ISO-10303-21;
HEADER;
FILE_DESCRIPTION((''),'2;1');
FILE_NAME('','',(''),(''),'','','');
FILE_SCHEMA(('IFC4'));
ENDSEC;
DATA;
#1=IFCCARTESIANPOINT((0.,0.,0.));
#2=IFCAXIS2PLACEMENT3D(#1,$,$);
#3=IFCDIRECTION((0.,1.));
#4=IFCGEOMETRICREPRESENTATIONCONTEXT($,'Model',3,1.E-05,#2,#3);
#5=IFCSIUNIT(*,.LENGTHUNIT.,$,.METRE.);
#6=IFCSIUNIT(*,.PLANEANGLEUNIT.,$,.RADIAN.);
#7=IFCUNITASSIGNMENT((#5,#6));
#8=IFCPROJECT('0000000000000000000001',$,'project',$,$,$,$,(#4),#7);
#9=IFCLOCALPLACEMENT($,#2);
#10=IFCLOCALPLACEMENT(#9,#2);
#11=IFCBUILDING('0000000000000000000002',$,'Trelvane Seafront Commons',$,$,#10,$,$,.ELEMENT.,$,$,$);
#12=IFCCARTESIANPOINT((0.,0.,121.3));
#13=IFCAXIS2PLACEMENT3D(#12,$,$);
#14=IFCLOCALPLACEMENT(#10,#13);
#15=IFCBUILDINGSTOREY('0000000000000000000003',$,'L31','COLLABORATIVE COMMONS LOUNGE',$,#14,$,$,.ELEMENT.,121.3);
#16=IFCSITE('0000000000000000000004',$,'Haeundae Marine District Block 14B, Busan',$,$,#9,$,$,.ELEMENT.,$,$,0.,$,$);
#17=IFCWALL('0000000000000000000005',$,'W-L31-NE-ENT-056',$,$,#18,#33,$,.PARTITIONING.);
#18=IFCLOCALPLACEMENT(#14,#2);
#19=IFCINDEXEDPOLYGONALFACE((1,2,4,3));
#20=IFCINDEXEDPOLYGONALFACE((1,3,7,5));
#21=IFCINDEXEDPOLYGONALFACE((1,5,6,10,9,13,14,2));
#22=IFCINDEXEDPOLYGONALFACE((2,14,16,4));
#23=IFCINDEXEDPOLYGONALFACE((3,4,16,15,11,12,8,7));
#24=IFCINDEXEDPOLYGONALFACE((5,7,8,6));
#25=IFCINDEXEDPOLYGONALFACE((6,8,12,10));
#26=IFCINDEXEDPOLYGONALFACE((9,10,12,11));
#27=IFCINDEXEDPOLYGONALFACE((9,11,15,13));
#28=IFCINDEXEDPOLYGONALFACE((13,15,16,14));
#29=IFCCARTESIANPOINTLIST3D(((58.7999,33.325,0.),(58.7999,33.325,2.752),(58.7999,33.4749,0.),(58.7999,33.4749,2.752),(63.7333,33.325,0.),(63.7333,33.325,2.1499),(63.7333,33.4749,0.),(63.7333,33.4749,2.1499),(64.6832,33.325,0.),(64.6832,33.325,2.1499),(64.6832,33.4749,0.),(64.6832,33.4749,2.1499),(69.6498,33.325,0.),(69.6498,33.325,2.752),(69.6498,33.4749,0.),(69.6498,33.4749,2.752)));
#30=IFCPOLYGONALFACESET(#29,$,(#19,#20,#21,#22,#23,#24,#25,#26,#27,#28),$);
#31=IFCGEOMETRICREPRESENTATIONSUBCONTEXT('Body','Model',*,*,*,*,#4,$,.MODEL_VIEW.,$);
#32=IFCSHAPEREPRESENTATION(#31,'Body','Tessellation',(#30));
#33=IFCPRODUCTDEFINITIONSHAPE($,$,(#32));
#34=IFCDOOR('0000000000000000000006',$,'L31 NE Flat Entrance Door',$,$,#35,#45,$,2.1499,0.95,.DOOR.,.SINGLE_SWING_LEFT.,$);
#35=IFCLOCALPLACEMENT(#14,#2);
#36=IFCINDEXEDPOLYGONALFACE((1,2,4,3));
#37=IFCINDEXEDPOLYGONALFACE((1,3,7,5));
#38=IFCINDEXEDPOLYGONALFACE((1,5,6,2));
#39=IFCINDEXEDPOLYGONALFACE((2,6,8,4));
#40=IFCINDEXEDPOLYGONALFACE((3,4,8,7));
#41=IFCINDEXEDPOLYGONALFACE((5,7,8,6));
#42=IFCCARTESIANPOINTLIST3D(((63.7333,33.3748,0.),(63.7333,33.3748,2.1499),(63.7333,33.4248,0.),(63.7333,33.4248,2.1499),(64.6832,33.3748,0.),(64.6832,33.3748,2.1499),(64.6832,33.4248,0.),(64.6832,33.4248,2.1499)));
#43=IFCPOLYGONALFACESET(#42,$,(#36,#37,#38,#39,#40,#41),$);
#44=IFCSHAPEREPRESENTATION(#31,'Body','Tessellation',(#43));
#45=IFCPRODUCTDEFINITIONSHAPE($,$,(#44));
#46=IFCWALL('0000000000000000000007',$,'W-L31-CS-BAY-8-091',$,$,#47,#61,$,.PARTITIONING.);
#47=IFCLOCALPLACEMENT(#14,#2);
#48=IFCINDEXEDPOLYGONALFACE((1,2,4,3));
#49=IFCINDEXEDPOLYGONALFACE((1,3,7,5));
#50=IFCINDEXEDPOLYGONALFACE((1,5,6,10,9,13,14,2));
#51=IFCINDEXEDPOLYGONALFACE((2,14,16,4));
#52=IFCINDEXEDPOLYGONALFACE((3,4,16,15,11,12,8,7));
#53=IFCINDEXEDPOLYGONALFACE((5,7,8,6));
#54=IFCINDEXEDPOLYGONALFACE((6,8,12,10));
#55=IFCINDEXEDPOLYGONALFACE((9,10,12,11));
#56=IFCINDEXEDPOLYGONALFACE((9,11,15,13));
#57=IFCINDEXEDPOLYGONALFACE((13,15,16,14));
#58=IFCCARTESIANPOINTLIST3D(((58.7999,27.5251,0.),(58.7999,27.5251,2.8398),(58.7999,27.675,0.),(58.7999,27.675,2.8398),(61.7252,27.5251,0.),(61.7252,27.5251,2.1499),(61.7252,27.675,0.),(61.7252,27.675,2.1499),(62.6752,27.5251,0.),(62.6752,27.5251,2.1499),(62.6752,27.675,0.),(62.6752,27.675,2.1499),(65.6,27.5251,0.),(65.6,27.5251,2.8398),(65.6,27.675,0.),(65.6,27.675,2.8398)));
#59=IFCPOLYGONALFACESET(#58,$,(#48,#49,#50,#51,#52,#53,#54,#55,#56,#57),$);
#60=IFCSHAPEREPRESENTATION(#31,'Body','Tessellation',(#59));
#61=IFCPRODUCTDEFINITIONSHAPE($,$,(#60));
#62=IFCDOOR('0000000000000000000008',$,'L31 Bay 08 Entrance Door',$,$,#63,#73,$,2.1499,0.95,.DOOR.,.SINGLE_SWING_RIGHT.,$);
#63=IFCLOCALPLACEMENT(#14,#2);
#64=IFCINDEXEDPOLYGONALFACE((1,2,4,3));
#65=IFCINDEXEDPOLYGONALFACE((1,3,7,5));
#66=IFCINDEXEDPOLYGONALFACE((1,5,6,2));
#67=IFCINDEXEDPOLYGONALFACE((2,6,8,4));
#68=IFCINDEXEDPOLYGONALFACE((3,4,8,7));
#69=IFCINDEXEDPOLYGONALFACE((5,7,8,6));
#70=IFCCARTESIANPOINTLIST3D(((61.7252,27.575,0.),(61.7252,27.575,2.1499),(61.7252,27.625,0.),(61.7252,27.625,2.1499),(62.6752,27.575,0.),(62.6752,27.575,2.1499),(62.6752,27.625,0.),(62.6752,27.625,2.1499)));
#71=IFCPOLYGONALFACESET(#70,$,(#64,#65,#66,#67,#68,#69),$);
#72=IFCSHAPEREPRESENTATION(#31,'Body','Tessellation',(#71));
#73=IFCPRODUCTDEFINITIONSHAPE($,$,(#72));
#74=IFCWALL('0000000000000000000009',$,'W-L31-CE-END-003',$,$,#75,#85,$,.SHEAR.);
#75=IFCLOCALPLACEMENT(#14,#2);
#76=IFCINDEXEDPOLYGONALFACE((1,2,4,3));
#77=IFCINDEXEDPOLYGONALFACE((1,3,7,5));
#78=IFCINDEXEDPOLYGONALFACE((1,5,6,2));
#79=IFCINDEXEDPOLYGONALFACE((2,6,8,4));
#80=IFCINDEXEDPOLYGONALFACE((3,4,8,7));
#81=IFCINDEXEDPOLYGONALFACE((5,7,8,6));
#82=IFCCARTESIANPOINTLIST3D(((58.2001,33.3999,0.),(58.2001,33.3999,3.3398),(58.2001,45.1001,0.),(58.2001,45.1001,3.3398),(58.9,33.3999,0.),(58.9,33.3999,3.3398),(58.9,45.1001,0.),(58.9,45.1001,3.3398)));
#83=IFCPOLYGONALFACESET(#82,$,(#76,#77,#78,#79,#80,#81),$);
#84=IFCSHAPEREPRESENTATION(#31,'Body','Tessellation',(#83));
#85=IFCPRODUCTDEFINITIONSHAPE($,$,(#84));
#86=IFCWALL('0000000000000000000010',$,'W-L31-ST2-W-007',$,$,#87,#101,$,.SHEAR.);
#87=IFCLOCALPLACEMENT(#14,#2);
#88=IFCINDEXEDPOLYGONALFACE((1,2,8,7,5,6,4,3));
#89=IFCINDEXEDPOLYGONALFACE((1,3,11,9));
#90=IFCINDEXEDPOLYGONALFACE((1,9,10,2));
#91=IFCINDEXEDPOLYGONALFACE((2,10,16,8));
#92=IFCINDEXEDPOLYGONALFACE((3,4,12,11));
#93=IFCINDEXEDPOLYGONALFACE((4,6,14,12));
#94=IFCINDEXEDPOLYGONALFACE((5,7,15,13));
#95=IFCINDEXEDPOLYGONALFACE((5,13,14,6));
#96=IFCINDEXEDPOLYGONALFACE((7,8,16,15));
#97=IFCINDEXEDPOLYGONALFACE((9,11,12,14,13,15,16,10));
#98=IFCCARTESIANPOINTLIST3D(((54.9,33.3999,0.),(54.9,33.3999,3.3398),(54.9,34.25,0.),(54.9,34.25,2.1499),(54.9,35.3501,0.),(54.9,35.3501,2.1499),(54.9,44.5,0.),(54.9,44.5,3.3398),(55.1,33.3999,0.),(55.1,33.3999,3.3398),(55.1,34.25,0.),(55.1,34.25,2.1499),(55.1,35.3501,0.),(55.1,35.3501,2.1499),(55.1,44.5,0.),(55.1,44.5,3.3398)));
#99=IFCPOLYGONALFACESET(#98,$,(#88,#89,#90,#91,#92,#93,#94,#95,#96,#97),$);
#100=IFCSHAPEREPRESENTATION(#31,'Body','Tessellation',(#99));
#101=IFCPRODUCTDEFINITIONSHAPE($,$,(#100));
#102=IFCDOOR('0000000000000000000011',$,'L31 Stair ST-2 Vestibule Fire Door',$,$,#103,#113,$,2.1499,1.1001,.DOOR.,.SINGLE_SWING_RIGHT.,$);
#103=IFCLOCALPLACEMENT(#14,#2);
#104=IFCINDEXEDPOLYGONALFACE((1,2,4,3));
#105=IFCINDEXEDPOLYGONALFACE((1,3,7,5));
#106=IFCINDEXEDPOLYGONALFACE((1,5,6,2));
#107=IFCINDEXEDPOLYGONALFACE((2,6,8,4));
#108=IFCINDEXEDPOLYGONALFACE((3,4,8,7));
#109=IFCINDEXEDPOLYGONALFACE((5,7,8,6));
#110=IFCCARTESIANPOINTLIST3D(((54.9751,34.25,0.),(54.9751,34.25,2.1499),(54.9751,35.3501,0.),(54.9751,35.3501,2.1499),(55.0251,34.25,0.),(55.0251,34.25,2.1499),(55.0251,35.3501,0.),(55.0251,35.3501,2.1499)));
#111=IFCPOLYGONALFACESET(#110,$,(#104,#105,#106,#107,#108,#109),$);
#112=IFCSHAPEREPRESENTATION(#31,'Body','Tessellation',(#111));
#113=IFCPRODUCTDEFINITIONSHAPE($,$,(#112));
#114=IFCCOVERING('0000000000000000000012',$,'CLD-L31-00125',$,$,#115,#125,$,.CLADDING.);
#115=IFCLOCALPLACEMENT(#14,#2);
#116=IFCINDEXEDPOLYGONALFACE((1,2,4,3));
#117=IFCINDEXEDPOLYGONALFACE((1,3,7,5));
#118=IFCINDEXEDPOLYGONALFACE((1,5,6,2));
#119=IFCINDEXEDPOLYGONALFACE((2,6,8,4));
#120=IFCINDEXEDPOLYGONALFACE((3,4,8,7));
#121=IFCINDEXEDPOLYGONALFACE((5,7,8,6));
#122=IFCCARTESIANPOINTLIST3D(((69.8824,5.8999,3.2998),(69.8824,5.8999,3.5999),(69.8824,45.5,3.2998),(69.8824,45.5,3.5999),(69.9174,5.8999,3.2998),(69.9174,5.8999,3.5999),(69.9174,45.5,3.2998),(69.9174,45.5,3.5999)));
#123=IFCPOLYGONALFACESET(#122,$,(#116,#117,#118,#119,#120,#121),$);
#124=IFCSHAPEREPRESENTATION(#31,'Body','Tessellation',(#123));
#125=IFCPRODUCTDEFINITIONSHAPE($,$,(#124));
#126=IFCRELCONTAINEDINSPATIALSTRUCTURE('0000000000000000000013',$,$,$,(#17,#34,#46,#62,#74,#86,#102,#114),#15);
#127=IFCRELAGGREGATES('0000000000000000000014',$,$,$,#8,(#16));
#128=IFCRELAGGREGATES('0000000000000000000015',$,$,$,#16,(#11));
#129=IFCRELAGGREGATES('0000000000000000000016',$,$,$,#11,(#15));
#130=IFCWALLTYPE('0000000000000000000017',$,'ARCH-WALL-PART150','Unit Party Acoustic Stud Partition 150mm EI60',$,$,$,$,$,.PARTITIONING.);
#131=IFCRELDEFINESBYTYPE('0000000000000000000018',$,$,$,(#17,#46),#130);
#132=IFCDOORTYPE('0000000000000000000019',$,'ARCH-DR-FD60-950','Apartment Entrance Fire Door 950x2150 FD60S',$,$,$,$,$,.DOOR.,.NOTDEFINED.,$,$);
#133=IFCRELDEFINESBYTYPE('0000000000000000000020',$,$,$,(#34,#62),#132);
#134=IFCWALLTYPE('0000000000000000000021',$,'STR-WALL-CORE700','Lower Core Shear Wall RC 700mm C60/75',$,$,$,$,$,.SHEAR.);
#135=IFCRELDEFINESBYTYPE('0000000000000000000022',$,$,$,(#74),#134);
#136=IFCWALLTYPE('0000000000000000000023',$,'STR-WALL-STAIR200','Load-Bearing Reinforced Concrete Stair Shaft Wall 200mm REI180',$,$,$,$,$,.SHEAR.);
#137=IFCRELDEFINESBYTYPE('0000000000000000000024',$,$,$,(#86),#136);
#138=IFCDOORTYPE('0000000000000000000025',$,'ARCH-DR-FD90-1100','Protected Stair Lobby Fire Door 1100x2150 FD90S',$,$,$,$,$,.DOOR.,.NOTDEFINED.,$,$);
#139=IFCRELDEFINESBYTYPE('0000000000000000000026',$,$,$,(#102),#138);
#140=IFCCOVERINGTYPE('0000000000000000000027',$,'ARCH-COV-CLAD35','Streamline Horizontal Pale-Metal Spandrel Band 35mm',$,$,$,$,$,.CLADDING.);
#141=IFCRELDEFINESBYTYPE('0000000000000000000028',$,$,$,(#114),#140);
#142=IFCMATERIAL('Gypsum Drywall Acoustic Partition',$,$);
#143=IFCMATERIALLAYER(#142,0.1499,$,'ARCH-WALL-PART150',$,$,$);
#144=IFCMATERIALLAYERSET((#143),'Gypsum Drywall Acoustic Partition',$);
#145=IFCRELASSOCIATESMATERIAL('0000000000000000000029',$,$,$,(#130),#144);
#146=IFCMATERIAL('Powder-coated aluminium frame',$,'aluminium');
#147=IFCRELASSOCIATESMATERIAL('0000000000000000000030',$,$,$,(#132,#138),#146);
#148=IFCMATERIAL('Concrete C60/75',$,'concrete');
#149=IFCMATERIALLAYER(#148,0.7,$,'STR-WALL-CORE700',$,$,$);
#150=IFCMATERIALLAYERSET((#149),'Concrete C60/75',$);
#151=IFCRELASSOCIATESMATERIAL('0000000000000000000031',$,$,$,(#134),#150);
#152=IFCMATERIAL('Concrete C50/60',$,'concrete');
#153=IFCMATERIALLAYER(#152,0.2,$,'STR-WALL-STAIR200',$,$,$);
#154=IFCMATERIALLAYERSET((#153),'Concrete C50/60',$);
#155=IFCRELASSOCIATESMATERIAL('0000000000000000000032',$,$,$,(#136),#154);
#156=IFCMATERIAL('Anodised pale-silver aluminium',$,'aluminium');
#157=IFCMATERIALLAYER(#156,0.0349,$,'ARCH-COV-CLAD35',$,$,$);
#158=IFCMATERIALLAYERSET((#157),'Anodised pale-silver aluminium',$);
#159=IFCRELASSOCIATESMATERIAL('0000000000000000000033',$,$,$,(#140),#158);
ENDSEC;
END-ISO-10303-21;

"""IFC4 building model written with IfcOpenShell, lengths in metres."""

from ifc_helpers import new_model, si_unit, direction, frame, frame_2d, origin, origin_2d, place, context, subcontext, project, spatial, rectangle, extrude, source, transform, mapped, material, layer, layer_set, type_object, element, fill, save


model = new_model("IFC4")

# Units and contexts
model_context = context("Model", 3, precision=1e-05, world=origin(), true_north=direction((0.0, 1.0)))
body_context = subcontext(model_context, "Body", "Model", "MODEL_VIEW")
ifc_project = project(units=[si_unit("LENGTHUNIT", "METRE"), si_unit("PLANEANGLEUNIT", "RADIAN")], contexts=[model_context])

# Site, building, storey
site_placement = place(None, origin())
site = spatial("IfcSite", under=ifc_project, at=site_placement, Name="Haeundae Marine District Block 14B, Busan", CompositionType="ELEMENT", RefElevation=0.0)
building_placement = place(site_placement, origin())
building = spatial("IfcBuilding", under=site, at=building_placement, Name="Trelvane Seafront Commons", CompositionType="ELEMENT")
storey_placement = place(building_placement, frame((0.0, 0.0, 121.3)))
storey = spatial("IfcBuildingStorey", under=building, at=storey_placement, Name="L31", Description="COLLABORATIVE COMMONS LOUNGE", CompositionType="ELEMENT", Elevation=121.3)

# Shared definitions
ifc_material_1 = material(Name="Concrete C60/75", Category="concrete")

# Shared definitions
ifc_material_2 = material(Name="Gypsum Drywall Acoustic Partition")
shared_shape_1 = source(origin(), body_context, "Body", "SweptSolid", [
    extrude(rectangle(XDim=0.95, YDim=2.1499, at=frame_2d((0.4751, 1.075))), frame((0.0, 0.0249, 0.0), z_axis=(0.0, -1.0, 0.0), x_axis=(1.0, 0.0, 0.0)), (0.0, 0.0, 1.0), 0.05),
])

# Walls, openings, doors
ifc_layer_1 = layer(ifc_material_2, 0.1499, Name="ARCH-WALL-PART150")
ifc_layer_set_1 = layer_set([ifc_layer_1], Name="Gypsum Drywall Acoustic Partition")
wall_type_1 = type_object("IfcWallType", Name="ARCH-WALL-PART150", Description="Unit Party Acoustic Stud Partition 150mm EI60", PredefinedType="PARTITIONING", material=ifc_layer_set_1)
wall_1_placement = place(storey_placement, frame((58.8, 33.3999, 0.0), z_axis=(0.0, 0.0, 1.0), x_axis=(1.0, 0.0, 0.0)))
wall_1 = element("IfcWall", 1, at=wall_1_placement, inside=storey, type_object=wall_type_1, Name="W-L31-NE-ENT-056", PredefinedType="PARTITIONING", context=body_context, shape_type="SweptSolid", body=[
    extrude(rectangle(XDim=10.8499, YDim=0.1499, at=frame_2d((5.4248, 0.0))), origin(), (0.0, 0.0, 1.0), 2.752),
])
opening_1_placement = place(wall_1_placement, frame((4.9331, 0.0, 0.0)))
opening_1 = element("IfcOpeningElement", 2, at=opening_1_placement, cuts=wall_1, PredefinedType="OPENING", context=body_context, shape_type="SweptSolid", body=[
    extrude(rectangle(XDim=0.95, YDim=2.1499, at=frame_2d((0.4751, 1.075))), frame((0.0, 0.085, 0.0), z_axis=(0.0, -1.0, 0.0), x_axis=(1.0, 0.0, 0.0)), (0.0, 0.0, 1.0), 0.1699),
])
ifc_material_3 = material(Name="Powder-coated aluminium frame", Category="aluminium")
door_type_1 = type_object("IfcDoorType", Name="ARCH-DR-FD60-950", Description="Apartment Entrance Fire Door 950x2150 FD60S", OperationType="NOTDEFINED", PredefinedType="DOOR", material=ifc_material_3)
door_1_placement = place(opening_1_placement, origin())
door_1 = element("IfcDoor", 3, at=door_1_placement, inside=storey, type_object=door_type_1, Name="L31 NE Flat Entrance Door", OperationType="SINGLE_SWING_LEFT", OverallHeight=2.1499, OverallWidth=0.95, PredefinedType="DOOR", context=body_context, shape_type="MappedRepresentation", body=[
    mapped(shared_shape_1, transform((0.0, 0.0, 0.0), x_axis=(1.0, 0.0, 0.0), y_axis=(0.0, 1.0, 0.0), z_axis=(0.0, 0.0, 1.0), scale=1.0)),
])
fill(opening_1, door_1)
wall_2_placement = place(storey_placement, frame((58.8, 27.6001, 0.0), z_axis=(0.0, 0.0, 1.0), x_axis=(1.0, 0.0, 0.0)))
wall_2 = element("IfcWall", 4, at=wall_2_placement, inside=storey, type_object=wall_type_1, Name="W-L31-CS-BAY-8-091", PredefinedType="PARTITIONING", context=body_context, shape_type="SweptSolid", body=[
    extrude(rectangle(XDim=6.8, YDim=0.1499, at=frame_2d((3.3999, 0.0))), origin(), (0.0, 0.0, 1.0), 2.8398),
])
opening_2_placement = place(wall_2_placement, frame((2.925, 0.0, 0.0)))
opening_2 = element("IfcOpeningElement", 5, at=opening_2_placement, cuts=wall_2, PredefinedType="OPENING", context=body_context, shape_type="SweptSolid", body=[
    extrude(rectangle(XDim=0.95, YDim=2.1499, at=frame_2d((0.4751, 1.075))), frame((0.0, 0.085, 0.0), z_axis=(0.0, -1.0, 0.0), x_axis=(1.0, 0.0, 0.0)), (0.0, 0.0, 1.0), 0.1699),
])
door_2_placement = place(opening_2_placement, origin())
door_2 = element("IfcDoor", 6, at=door_2_placement, inside=storey, type_object=door_type_1, Name="L31 Bay 08 Entrance Door", OperationType="SINGLE_SWING_RIGHT", OverallHeight=2.1499, OverallWidth=0.95, PredefinedType="DOOR", context=body_context, shape_type="MappedRepresentation", body=[
    mapped(shared_shape_1, transform((0.0, 0.0, 0.0), x_axis=(1.0, 0.0, 0.0), y_axis=(0.0, 1.0, 0.0), z_axis=(0.0, 0.0, 1.0), scale=1.0)),
])
fill(opening_2, door_2)

# Wall
ifc_layer_2 = layer(ifc_material_1, 0.7, Name="STR-WALL-CORE700")
ifc_layer_set_2 = layer_set([ifc_layer_2], Name="Concrete C60/75")
wall_type_2 = type_object("IfcWallType", Name="STR-WALL-CORE700", Description="Lower Core Shear Wall RC 700mm C60/75", PredefinedType="SHEAR", material=ifc_layer_set_2)
wall_3_placement = place(storey_placement, frame((58.55, 33.3999, 0.0), z_axis=(0.0, 0.0, 1.0), x_axis=(0.0, 1.0, 0.0)))
element("IfcWall", 7, at=wall_3_placement, inside=storey, type_object=wall_type_2, Name="W-L31-CE-END-003", PredefinedType="SHEAR", context=body_context, shape_type="SweptSolid", body=[
    extrude(rectangle(XDim=11.7002, YDim=0.7, at=frame_2d((5.8501, 0.0))), origin(), (0.0, 0.0, 1.0), 3.3398),
])

# Wall, opening, door
ifc_material_4 = material(Name="Concrete C50/60", Category="concrete")
ifc_layer_3 = layer(ifc_material_4, 0.2, Name="STR-WALL-STAIR200")
ifc_layer_set_3 = layer_set([ifc_layer_3], Name="Concrete C50/60")
wall_type_3 = type_object("IfcWallType", Name="STR-WALL-STAIR200", Description="Load-Bearing Reinforced Concrete Stair Shaft Wall 200mm REI180", PredefinedType="SHEAR", material=ifc_layer_set_3)
wall_4_placement = place(storey_placement, frame((55.0, 33.3999, 0.0), z_axis=(0.0, 0.0, 1.0), x_axis=(0.0, 1.0, 0.0)))
wall_4 = element("IfcWall", 8, at=wall_4_placement, inside=storey, type_object=wall_type_3, Name="W-L31-ST2-W-007", PredefinedType="SHEAR", context=body_context, shape_type="SweptSolid", body=[
    extrude(rectangle(XDim=11.1001, YDim=0.2, at=frame_2d((5.55, 0.0))), origin(), (0.0, 0.0, 1.0), 3.3398),
])
opening_3_placement = place(wall_4_placement, frame((0.8501, 0.0, 0.0)))
opening_3 = element("IfcOpeningElement", 9, at=opening_3_placement, cuts=wall_4, PredefinedType="OPENING", context=body_context, shape_type="SweptSolid", body=[
    extrude(rectangle(XDim=1.1001, YDim=2.1499, at=frame_2d((0.55, 1.075))), frame((0.0, 0.1099, 0.0), z_axis=(0.0, -1.0, 0.0), x_axis=(1.0, 0.0, 0.0)), (0.0, 0.0, 1.0), 0.22),
])
door_type_2 = type_object("IfcDoorType", Name="ARCH-DR-FD90-1100", Description="Protected Stair Lobby Fire Door 1100x2150 FD90S", OperationType="NOTDEFINED", PredefinedType="DOOR", material=ifc_material_3)
shared_shape_2 = source(origin(), body_context, "Body", "SweptSolid", [
    extrude(rectangle(XDim=1.1001, YDim=2.1499, at=frame_2d((0.55, 1.075))), frame((0.0, 0.0249, 0.0), z_axis=(0.0, -1.0, 0.0), x_axis=(1.0, 0.0, 0.0)), (0.0, 0.0, 1.0), 0.05),
])
door_3_placement = place(opening_3_placement, origin())
door_3 = element("IfcDoor", 10, at=door_3_placement, inside=storey, type_object=door_type_2, Name="L31 Stair ST-2 Vestibule Fire Door", OperationType="SINGLE_SWING_RIGHT", OverallHeight=2.1499, OverallWidth=1.1001, PredefinedType="DOOR", context=body_context, shape_type="MappedRepresentation", body=[
    mapped(shared_shape_2, transform((0.0, 0.0, 0.0), x_axis=(1.0, 0.0, 0.0), y_axis=(0.0, 1.0, 0.0), z_axis=(0.0, 0.0, 1.0), scale=1.0)),
])
fill(opening_3, door_3)

# Covering
ifc_material_5 = material(Name="Anodised pale-silver aluminium", Category="aluminium")
ifc_layer_4 = layer(ifc_material_5, 0.0349, Name="ARCH-COV-CLAD35")
ifc_layer_set_4 = layer_set([ifc_layer_4], Name="Anodised pale-silver aluminium")
covering_type = type_object("IfcCoveringType", Name="ARCH-COV-CLAD35", Description="Streamline Horizontal Pale-Metal Spandrel Band 35mm", PredefinedType="CLADDING", material=ifc_layer_set_4)
shared_shape_3 = source(origin(), body_context, "Body", "SweptSolid", [
    extrude(rectangle(XDim=39.6001, YDim=0.0349, at=origin_2d()), origin(), (0.0, 0.0, 1.0), 0.3),
])
covering_placement = place(storey_placement, frame((69.8999, 25.7, 3.2998), z_axis=(0.0, 0.0, 1.0), x_axis=(0.0, -1.0, 0.0)))
element("IfcCovering", 11, at=covering_placement, inside=storey, type_object=covering_type, Name="CLD-L31-00125", PredefinedType="CLADDING", context=body_context, shape_type="MappedRepresentation", body=[
    mapped(shared_shape_3, transform((0.0, 0.0, 0.0), x_axis=(1.0, 0.0, 0.0), y_axis=(0.0, 1.0, 0.0), z_axis=(0.0, 0.0, 1.0), scale=1.0)),
])

save(model, "model.ifc")
